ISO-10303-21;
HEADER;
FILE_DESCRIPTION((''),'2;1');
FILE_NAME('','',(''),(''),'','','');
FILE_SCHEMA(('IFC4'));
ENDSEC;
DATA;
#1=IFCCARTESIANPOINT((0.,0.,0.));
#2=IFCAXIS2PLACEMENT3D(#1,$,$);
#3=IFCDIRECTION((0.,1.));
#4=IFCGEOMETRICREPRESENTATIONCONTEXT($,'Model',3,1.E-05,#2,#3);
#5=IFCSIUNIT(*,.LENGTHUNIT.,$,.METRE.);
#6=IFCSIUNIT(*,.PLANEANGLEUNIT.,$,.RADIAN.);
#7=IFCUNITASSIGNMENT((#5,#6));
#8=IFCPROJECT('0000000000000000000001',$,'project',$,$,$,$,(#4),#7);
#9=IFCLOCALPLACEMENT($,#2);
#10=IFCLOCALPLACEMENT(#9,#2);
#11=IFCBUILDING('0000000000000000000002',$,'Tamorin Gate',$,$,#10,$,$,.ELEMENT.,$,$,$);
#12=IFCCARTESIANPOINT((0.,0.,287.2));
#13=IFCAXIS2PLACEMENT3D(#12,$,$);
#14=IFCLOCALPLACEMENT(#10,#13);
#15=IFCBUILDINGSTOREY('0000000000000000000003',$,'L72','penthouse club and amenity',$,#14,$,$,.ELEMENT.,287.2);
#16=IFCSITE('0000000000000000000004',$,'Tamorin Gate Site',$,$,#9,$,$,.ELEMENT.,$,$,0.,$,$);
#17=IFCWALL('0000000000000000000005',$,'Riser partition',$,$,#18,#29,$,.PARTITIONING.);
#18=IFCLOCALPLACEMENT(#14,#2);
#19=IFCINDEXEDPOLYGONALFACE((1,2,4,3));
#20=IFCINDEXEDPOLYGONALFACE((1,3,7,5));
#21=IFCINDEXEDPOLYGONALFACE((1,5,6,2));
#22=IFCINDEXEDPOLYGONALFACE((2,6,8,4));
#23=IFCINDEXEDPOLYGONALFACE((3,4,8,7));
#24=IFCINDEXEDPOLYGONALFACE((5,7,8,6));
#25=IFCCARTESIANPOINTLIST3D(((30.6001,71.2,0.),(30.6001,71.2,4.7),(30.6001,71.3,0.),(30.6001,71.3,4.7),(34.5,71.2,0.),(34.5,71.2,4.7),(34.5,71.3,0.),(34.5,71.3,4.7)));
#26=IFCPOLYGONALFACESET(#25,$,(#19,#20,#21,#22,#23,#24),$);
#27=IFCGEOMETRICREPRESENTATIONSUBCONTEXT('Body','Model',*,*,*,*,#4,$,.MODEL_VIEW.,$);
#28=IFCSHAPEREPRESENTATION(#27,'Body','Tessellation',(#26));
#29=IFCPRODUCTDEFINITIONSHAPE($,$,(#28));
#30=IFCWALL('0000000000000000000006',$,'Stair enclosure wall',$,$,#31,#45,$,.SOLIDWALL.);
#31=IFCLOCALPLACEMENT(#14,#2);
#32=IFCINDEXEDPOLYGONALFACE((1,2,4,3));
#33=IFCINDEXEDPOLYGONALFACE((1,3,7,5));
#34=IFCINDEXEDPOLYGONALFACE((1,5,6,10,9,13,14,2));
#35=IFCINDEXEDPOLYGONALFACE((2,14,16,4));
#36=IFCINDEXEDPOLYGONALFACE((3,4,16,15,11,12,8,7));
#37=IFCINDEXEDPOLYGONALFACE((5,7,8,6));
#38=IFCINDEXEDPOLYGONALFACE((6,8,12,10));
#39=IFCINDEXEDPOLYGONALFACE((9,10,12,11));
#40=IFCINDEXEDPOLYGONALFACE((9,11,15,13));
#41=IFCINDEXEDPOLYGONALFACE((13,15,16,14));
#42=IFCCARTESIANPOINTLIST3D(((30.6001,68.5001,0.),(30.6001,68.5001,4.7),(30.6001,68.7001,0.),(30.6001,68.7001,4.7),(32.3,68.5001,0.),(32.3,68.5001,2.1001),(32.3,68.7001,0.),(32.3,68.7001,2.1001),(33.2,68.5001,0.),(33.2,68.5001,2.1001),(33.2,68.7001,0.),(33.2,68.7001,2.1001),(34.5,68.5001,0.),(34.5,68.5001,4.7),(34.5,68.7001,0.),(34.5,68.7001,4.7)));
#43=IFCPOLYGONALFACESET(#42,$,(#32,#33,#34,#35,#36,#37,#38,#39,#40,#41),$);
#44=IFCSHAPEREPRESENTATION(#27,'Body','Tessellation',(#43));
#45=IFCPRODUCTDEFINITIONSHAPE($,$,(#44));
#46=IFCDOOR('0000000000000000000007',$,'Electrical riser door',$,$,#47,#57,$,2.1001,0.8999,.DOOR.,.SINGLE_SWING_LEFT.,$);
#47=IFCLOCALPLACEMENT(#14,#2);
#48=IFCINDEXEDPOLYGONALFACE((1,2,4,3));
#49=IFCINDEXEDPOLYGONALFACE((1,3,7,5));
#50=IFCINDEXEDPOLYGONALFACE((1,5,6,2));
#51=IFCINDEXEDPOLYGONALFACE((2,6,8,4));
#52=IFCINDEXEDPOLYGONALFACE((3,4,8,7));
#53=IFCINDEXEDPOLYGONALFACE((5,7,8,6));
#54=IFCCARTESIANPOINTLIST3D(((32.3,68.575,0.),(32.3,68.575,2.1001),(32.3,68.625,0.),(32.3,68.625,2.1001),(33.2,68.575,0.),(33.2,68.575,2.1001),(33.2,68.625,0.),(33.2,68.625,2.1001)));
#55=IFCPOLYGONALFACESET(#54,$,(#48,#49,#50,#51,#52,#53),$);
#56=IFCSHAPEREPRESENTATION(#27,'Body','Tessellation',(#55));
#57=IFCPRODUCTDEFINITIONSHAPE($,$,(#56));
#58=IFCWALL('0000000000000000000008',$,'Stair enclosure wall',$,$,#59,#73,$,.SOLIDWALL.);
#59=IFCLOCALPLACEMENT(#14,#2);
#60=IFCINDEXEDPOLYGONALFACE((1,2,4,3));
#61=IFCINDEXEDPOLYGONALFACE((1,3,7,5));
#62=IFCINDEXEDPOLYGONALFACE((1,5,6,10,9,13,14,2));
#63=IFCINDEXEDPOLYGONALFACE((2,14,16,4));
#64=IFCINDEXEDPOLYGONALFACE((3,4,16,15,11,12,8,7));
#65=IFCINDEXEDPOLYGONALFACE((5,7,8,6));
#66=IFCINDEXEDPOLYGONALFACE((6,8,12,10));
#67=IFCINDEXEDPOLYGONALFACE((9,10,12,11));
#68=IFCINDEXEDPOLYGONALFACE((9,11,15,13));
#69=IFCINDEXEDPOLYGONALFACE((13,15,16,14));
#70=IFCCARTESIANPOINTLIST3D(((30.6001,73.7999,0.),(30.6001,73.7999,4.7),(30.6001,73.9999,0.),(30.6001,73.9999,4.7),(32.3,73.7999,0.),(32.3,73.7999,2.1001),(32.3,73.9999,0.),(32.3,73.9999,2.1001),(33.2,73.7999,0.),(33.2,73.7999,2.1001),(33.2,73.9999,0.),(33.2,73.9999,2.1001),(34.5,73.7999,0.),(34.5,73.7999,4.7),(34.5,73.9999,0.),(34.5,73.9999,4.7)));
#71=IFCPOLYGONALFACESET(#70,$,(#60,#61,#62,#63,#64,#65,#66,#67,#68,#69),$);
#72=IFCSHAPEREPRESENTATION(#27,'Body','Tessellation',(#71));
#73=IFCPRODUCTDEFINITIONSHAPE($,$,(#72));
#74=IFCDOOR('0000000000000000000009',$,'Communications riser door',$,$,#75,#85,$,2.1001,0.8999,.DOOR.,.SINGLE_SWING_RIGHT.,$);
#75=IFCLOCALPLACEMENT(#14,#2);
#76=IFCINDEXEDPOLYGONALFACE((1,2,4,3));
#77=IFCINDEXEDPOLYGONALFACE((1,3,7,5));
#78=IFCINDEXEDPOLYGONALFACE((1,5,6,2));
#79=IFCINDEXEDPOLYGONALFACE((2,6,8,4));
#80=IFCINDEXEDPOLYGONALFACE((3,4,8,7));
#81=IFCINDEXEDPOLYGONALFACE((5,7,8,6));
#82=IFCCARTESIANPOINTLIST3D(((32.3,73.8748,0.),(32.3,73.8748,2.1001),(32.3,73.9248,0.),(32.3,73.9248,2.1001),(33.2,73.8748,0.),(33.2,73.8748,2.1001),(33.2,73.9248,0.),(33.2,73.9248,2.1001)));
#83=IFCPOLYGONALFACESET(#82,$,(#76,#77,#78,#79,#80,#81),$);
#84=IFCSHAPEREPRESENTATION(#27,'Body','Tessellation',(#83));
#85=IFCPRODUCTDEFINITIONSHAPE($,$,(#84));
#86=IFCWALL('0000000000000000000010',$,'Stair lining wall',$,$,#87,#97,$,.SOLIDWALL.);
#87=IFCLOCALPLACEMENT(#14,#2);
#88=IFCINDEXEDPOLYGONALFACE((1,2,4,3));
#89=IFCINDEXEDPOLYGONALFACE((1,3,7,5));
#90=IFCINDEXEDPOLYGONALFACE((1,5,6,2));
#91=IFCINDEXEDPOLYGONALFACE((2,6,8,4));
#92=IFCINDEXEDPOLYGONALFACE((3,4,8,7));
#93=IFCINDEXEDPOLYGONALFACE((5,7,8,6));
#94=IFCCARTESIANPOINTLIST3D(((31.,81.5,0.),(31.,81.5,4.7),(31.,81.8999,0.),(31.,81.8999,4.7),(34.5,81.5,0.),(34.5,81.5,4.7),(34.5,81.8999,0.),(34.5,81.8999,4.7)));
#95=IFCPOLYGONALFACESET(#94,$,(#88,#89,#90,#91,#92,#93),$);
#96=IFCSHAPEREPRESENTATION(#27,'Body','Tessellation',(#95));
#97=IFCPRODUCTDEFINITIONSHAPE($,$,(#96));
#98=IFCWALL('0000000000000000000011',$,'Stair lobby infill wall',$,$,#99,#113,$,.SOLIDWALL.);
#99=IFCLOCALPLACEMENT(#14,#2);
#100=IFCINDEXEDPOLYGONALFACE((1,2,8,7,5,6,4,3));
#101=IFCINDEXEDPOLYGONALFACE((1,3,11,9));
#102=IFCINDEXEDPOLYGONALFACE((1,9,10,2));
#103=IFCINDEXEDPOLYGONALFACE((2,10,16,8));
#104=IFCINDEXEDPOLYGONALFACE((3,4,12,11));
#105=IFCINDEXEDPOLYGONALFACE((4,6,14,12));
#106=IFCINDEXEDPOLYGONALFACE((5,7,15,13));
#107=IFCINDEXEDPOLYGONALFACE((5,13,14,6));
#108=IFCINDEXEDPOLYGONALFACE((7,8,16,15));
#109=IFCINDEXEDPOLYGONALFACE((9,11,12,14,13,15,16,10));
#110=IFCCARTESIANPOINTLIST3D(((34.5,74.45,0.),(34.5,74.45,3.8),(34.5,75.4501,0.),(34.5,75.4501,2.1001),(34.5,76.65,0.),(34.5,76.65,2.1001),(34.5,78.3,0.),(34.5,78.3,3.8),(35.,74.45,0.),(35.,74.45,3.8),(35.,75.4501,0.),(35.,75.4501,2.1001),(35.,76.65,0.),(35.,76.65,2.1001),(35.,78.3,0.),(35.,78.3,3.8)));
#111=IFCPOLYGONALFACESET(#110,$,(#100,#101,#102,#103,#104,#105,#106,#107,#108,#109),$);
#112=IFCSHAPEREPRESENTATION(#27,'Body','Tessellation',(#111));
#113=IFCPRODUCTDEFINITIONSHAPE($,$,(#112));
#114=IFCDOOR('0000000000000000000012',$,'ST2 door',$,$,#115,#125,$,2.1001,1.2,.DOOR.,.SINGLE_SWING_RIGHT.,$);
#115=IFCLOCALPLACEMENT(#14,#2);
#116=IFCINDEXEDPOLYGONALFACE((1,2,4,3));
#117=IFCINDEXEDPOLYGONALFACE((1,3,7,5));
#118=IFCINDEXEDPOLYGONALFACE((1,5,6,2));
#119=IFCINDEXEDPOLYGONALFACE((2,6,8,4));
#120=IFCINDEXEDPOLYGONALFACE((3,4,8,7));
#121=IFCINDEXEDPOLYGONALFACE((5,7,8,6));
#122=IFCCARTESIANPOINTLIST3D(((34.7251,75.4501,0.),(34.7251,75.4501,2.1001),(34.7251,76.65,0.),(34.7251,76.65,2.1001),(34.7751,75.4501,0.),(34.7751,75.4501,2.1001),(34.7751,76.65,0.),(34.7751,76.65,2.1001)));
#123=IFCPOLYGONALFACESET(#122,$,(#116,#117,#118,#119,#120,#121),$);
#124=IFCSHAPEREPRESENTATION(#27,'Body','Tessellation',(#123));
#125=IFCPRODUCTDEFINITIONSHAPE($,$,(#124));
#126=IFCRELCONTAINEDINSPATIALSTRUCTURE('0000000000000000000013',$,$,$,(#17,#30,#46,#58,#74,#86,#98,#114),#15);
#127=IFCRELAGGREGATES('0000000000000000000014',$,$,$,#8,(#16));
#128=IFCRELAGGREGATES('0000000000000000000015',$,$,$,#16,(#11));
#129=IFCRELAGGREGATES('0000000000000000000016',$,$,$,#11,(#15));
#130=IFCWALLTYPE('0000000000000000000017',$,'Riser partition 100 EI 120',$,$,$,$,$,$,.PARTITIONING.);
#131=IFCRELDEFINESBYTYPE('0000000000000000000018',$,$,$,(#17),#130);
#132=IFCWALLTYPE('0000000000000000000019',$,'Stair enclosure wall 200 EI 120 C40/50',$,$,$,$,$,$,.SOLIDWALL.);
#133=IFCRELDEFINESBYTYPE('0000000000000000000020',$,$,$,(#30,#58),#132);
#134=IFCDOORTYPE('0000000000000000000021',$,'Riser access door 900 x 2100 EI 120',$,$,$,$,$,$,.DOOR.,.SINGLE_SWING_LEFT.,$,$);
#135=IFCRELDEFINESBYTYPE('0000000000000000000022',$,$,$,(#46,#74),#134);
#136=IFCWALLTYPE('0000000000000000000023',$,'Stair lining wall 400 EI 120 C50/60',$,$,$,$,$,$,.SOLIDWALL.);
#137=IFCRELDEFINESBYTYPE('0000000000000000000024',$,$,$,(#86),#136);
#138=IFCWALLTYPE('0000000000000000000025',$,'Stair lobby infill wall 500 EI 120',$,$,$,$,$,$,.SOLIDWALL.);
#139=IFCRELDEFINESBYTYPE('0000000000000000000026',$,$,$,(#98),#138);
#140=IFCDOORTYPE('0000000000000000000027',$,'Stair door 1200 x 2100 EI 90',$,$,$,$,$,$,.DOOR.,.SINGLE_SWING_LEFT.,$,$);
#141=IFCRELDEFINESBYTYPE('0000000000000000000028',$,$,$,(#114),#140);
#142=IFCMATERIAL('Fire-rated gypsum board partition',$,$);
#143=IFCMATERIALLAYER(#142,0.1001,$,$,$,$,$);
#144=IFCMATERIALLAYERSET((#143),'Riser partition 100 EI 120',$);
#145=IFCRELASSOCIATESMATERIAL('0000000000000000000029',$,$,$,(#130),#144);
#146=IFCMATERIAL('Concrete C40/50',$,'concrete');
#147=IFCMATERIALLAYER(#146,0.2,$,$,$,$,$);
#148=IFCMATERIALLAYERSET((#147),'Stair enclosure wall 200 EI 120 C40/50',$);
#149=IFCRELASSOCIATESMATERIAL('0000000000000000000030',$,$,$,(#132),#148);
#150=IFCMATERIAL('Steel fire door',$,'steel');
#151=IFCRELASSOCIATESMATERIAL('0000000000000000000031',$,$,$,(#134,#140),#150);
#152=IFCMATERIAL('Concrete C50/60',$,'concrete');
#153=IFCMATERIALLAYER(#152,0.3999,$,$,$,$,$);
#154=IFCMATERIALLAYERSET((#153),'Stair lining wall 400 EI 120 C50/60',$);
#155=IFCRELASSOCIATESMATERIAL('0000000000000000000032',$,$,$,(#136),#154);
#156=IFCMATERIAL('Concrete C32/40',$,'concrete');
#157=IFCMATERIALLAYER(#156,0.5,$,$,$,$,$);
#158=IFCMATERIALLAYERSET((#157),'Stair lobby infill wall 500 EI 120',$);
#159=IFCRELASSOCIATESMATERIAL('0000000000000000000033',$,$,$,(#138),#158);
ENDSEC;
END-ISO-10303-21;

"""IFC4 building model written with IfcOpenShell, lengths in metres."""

from ifc_helpers import new_model, si_unit, direction, frame, frame_2d, origin, place, context, subcontext, project, spatial, rectangle, extrude, material, layer, layer_set, type_object, element, fill, save


model = new_model("IFC4")

# Units and contexts
model_context = context("Model", 3, precision=1e-05, world=origin(), true_north=direction((0.0, 1.0)))
body_context = subcontext(model_context, "Body", "Model", "MODEL_VIEW")
ifc_project = project(units=[si_unit("LENGTHUNIT", "METRE"), si_unit("PLANEANGLEUNIT", "RADIAN")], contexts=[model_context])

# Site, building, storey
site_placement = place(None, origin())
site = spatial("IfcSite", under=ifc_project, at=site_placement, Name="Tamorin Gate Site", CompositionType="ELEMENT", RefElevation=0.0)
building_placement = place(site_placement, origin())
building = spatial("IfcBuilding", under=site, at=building_placement, Name="Tamorin Gate", CompositionType="ELEMENT")
storey_placement = place(building_placement, frame((0.0, 0.0, 287.2)))
storey = spatial("IfcBuildingStorey", under=building, at=storey_placement, Name="L72", Description="penthouse club and amenity", CompositionType="ELEMENT", Elevation=287.2)

# Shared definitions
ifc_material_1 = material(Name="Concrete C50/60", Category="concrete")

# Wall
ifc_material_2 = material(Name="Fire-rated gypsum board partition")
ifc_layer_1 = layer(ifc_material_2, 0.1001)
ifc_layer_set_1 = layer_set([ifc_layer_1], Name="Riser partition 100 EI 120")
wall_type_1 = type_object("IfcWallType", Name="Riser partition 100 EI 120", PredefinedType="PARTITIONING", material=ifc_layer_set_1)
wall_1_placement = place(storey_placement, frame((30.6001, 71.25, 0.0), z_axis=(0.0, 0.0, 1.0), x_axis=(1.0, 0.0, 0.0)))
element("IfcWall", 1, at=wall_1_placement, inside=storey, type_object=wall_type_1, Name="Riser partition", PredefinedType="PARTITIONING", context=body_context, shape_type="SweptSolid", body=[
    extrude(rectangle(XDim=3.8999, YDim=0.1001, at=frame_2d((1.95, 0.0))), origin(), (0.0, 0.0, 1.0), 4.7),
])

# Walls, openings, doors
ifc_material_3 = material(Name="Concrete C40/50", Category="concrete")
ifc_layer_2 = layer(ifc_material_3, 0.2)
ifc_layer_set_2 = layer_set([ifc_layer_2], Name="Stair enclosure wall 200 EI 120 C40/50")
wall_type_2 = type_object("IfcWallType", Name="Stair enclosure wall 200 EI 120 C40/50", PredefinedType="SOLIDWALL", material=ifc_layer_set_2)
wall_2_placement = place(storey_placement, frame((30.6001, 68.6001, 0.0), z_axis=(0.0, 0.0, 1.0), x_axis=(1.0, 0.0, 0.0)))
wall_2 = element("IfcWall", 2, at=wall_2_placement, inside=storey, type_object=wall_type_2, Name="Stair enclosure wall", PredefinedType="SOLIDWALL", context=body_context, shape_type="SweptSolid", body=[
    extrude(rectangle(XDim=3.8999, YDim=0.2, at=frame_2d((1.95, 0.0))), origin(), (0.0, 0.0, 1.0), 4.7),
])
opening_1_placement = place(wall_2_placement, frame((1.7, 0.0, 0.0)))
opening_1 = element("IfcOpeningElement", 3, at=opening_1_placement, cuts=wall_2, PredefinedType="OPENING", context=body_context, shape_type="SweptSolid", body=[
    extrude(rectangle(XDim=0.8999, YDim=2.1001, at=frame_2d((0.45, 1.05))), frame((0.0, 0.1099, 0.0), z_axis=(0.0, -1.0, 0.0), x_axis=(1.0, 0.0, 0.0)), (0.0, 0.0, 1.0), 0.22),
])
ifc_material_4 = material(Name="Steel fire door", Category="steel")
door_type_1 = type_object("IfcDoorType", Name="Riser access door 900 x 2100 EI 120", OperationType="SINGLE_SWING_LEFT", PredefinedType="DOOR", material=ifc_material_4)
door_1_placement = place(opening_1_placement, origin())
door_1 = element("IfcDoor", 4, at=door_1_placement, inside=storey, type_object=door_type_1, Name="Electrical riser door", OperationType="SINGLE_SWING_LEFT", OverallHeight=2.1001, OverallWidth=0.8999, PredefinedType="DOOR", context=body_context, shape_type="SweptSolid", body=[
    extrude(rectangle(XDim=0.8999, YDim=2.1001, at=frame_2d((0.45, 1.05))), frame((0.0, 0.0249, 0.0), z_axis=(0.0, -1.0, 0.0), x_axis=(1.0, 0.0, 0.0)), (0.0, 0.0, 1.0), 0.05),
])
fill(opening_1, door_1)
wall_3_placement = place(storey_placement, frame((30.6001, 73.8999, 0.0), z_axis=(0.0, 0.0, 1.0), x_axis=(1.0, 0.0, 0.0)))
wall_3 = element("IfcWall", 5, at=wall_3_placement, inside=storey, type_object=wall_type_2, Name="Stair enclosure wall", PredefinedType="SOLIDWALL", context=body_context, shape_type="SweptSolid", body=[
    extrude(rectangle(XDim=3.8999, YDim=0.2, at=frame_2d((1.95, 0.0))), origin(), (0.0, 0.0, 1.0), 4.7),
])
opening_2_placement = place(wall_3_placement, frame((1.7, 0.0, 0.0)))
opening_2 = element("IfcOpeningElement", 6, at=opening_2_placement, cuts=wall_3, PredefinedType="OPENING", context=body_context, shape_type="SweptSolid", body=[
    extrude(rectangle(XDim=0.8999, YDim=2.1001, at=frame_2d((0.45, 1.05))), frame((0.0, 0.1099, 0.0), z_axis=(0.0, -1.0, 0.0), x_axis=(1.0, 0.0, 0.0)), (0.0, 0.0, 1.0), 0.22),
])
door_2_placement = place(opening_2_placement, origin())
door_2 = element("IfcDoor", 7, at=door_2_placement, inside=storey, type_object=door_type_1, Name="Communications riser door", OperationType="SINGLE_SWING_RIGHT", OverallHeight=2.1001, OverallWidth=0.8999, PredefinedType="DOOR", context=body_context, shape_type="SweptSolid", body=[
    extrude(rectangle(XDim=0.8999, YDim=2.1001, at=frame_2d((0.45, 1.05))), frame((0.0, 0.0249, 0.0), z_axis=(0.0, -1.0, 0.0), x_axis=(1.0, 0.0, 0.0)), (0.0, 0.0, 1.0), 0.05),
])
fill(opening_2, door_2)

# Wall
ifc_layer_3 = layer(ifc_material_1, 0.3999)
ifc_layer_set_3 = layer_set([ifc_layer_3], Name="Stair lining wall 400 EI 120 C50/60")
wall_type_3 = type_object("IfcWallType", Name="Stair lining wall 400 EI 120 C50/60", PredefinedType="SOLIDWALL", material=ifc_layer_set_3)
wall_4_placement = place(storey_placement, frame((31.0, 81.7, 0.0), z_axis=(0.0, 0.0, 1.0), x_axis=(1.0, 0.0, 0.0)))
element("IfcWall", 8, at=wall_4_placement, inside=storey, type_object=wall_type_3, Name="Stair lining wall", PredefinedType="SOLIDWALL", context=body_context, shape_type="SweptSolid", body=[
    extrude(rectangle(XDim=3.5, YDim=0.3999, at=frame_2d((1.75, 0.0))), origin(), (0.0, 0.0, 1.0), 4.7),
])

# Wall, opening, door
ifc_material_5 = material(Name="Concrete C32/40", Category="concrete")
ifc_layer_4 = layer(ifc_material_5, 0.5)
ifc_layer_set_4 = layer_set([ifc_layer_4], Name="Stair lobby infill wall 500 EI 120")
wall_type_4 = type_object("IfcWallType", Name="Stair lobby infill wall 500 EI 120", PredefinedType="SOLIDWALL", material=ifc_layer_set_4)
wall_5_placement = place(storey_placement, frame((34.75, 74.45, 0.0), z_axis=(0.0, 0.0, 1.0), x_axis=(0.0, 1.0, 0.0)))
wall_5 = element("IfcWall", 9, at=wall_5_placement, inside=storey, type_object=wall_type_4, Name="Stair lobby infill wall", PredefinedType="SOLIDWALL", context=body_context, shape_type="SweptSolid", body=[
    extrude(rectangle(XDim=3.8501, YDim=0.5, at=frame_2d((1.925, 0.0))), origin(), (0.0, 0.0, 1.0), 3.8),
])
opening_3_placement = place(wall_5_placement, frame((1.0, 0.0, 0.0)))
opening_3 = element("IfcOpeningElement", 10, at=opening_3_placement, cuts=wall_5, PredefinedType="OPENING", context=body_context, shape_type="SweptSolid", body=[
    extrude(rectangle(XDim=1.2, YDim=2.1001, at=frame_2d((0.6001, 1.05))), frame((0.0, 0.26, 0.0), z_axis=(0.0, -1.0, 0.0), x_axis=(1.0, 0.0, 0.0)), (0.0, 0.0, 1.0), 0.52),
])
door_type_2 = type_object("IfcDoorType", Name="Stair door 1200 x 2100 EI 90", OperationType="SINGLE_SWING_LEFT", PredefinedType="DOOR", material=ifc_material_4)
door_3_placement = place(opening_3_placement, origin())
door_3 = element("IfcDoor", 11, at=door_3_placement, inside=storey, type_object=door_type_2, Name="ST2 door", OperationType="SINGLE_SWING_RIGHT", OverallHeight=2.1001, OverallWidth=1.2, PredefinedType="DOOR", context=body_context, shape_type="SweptSolid", body=[
    extrude(rectangle(XDim=1.2, YDim=2.1001, at=frame_2d((0.6001, 1.05))), frame((0.0, 0.0249, 0.0), z_axis=(0.0, -1.0, 0.0), x_axis=(1.0, 0.0, 0.0)), (0.0, 0.0, 1.0), 0.05),
])
fill(opening_3, door_3)

save(model, "model.ifc")
